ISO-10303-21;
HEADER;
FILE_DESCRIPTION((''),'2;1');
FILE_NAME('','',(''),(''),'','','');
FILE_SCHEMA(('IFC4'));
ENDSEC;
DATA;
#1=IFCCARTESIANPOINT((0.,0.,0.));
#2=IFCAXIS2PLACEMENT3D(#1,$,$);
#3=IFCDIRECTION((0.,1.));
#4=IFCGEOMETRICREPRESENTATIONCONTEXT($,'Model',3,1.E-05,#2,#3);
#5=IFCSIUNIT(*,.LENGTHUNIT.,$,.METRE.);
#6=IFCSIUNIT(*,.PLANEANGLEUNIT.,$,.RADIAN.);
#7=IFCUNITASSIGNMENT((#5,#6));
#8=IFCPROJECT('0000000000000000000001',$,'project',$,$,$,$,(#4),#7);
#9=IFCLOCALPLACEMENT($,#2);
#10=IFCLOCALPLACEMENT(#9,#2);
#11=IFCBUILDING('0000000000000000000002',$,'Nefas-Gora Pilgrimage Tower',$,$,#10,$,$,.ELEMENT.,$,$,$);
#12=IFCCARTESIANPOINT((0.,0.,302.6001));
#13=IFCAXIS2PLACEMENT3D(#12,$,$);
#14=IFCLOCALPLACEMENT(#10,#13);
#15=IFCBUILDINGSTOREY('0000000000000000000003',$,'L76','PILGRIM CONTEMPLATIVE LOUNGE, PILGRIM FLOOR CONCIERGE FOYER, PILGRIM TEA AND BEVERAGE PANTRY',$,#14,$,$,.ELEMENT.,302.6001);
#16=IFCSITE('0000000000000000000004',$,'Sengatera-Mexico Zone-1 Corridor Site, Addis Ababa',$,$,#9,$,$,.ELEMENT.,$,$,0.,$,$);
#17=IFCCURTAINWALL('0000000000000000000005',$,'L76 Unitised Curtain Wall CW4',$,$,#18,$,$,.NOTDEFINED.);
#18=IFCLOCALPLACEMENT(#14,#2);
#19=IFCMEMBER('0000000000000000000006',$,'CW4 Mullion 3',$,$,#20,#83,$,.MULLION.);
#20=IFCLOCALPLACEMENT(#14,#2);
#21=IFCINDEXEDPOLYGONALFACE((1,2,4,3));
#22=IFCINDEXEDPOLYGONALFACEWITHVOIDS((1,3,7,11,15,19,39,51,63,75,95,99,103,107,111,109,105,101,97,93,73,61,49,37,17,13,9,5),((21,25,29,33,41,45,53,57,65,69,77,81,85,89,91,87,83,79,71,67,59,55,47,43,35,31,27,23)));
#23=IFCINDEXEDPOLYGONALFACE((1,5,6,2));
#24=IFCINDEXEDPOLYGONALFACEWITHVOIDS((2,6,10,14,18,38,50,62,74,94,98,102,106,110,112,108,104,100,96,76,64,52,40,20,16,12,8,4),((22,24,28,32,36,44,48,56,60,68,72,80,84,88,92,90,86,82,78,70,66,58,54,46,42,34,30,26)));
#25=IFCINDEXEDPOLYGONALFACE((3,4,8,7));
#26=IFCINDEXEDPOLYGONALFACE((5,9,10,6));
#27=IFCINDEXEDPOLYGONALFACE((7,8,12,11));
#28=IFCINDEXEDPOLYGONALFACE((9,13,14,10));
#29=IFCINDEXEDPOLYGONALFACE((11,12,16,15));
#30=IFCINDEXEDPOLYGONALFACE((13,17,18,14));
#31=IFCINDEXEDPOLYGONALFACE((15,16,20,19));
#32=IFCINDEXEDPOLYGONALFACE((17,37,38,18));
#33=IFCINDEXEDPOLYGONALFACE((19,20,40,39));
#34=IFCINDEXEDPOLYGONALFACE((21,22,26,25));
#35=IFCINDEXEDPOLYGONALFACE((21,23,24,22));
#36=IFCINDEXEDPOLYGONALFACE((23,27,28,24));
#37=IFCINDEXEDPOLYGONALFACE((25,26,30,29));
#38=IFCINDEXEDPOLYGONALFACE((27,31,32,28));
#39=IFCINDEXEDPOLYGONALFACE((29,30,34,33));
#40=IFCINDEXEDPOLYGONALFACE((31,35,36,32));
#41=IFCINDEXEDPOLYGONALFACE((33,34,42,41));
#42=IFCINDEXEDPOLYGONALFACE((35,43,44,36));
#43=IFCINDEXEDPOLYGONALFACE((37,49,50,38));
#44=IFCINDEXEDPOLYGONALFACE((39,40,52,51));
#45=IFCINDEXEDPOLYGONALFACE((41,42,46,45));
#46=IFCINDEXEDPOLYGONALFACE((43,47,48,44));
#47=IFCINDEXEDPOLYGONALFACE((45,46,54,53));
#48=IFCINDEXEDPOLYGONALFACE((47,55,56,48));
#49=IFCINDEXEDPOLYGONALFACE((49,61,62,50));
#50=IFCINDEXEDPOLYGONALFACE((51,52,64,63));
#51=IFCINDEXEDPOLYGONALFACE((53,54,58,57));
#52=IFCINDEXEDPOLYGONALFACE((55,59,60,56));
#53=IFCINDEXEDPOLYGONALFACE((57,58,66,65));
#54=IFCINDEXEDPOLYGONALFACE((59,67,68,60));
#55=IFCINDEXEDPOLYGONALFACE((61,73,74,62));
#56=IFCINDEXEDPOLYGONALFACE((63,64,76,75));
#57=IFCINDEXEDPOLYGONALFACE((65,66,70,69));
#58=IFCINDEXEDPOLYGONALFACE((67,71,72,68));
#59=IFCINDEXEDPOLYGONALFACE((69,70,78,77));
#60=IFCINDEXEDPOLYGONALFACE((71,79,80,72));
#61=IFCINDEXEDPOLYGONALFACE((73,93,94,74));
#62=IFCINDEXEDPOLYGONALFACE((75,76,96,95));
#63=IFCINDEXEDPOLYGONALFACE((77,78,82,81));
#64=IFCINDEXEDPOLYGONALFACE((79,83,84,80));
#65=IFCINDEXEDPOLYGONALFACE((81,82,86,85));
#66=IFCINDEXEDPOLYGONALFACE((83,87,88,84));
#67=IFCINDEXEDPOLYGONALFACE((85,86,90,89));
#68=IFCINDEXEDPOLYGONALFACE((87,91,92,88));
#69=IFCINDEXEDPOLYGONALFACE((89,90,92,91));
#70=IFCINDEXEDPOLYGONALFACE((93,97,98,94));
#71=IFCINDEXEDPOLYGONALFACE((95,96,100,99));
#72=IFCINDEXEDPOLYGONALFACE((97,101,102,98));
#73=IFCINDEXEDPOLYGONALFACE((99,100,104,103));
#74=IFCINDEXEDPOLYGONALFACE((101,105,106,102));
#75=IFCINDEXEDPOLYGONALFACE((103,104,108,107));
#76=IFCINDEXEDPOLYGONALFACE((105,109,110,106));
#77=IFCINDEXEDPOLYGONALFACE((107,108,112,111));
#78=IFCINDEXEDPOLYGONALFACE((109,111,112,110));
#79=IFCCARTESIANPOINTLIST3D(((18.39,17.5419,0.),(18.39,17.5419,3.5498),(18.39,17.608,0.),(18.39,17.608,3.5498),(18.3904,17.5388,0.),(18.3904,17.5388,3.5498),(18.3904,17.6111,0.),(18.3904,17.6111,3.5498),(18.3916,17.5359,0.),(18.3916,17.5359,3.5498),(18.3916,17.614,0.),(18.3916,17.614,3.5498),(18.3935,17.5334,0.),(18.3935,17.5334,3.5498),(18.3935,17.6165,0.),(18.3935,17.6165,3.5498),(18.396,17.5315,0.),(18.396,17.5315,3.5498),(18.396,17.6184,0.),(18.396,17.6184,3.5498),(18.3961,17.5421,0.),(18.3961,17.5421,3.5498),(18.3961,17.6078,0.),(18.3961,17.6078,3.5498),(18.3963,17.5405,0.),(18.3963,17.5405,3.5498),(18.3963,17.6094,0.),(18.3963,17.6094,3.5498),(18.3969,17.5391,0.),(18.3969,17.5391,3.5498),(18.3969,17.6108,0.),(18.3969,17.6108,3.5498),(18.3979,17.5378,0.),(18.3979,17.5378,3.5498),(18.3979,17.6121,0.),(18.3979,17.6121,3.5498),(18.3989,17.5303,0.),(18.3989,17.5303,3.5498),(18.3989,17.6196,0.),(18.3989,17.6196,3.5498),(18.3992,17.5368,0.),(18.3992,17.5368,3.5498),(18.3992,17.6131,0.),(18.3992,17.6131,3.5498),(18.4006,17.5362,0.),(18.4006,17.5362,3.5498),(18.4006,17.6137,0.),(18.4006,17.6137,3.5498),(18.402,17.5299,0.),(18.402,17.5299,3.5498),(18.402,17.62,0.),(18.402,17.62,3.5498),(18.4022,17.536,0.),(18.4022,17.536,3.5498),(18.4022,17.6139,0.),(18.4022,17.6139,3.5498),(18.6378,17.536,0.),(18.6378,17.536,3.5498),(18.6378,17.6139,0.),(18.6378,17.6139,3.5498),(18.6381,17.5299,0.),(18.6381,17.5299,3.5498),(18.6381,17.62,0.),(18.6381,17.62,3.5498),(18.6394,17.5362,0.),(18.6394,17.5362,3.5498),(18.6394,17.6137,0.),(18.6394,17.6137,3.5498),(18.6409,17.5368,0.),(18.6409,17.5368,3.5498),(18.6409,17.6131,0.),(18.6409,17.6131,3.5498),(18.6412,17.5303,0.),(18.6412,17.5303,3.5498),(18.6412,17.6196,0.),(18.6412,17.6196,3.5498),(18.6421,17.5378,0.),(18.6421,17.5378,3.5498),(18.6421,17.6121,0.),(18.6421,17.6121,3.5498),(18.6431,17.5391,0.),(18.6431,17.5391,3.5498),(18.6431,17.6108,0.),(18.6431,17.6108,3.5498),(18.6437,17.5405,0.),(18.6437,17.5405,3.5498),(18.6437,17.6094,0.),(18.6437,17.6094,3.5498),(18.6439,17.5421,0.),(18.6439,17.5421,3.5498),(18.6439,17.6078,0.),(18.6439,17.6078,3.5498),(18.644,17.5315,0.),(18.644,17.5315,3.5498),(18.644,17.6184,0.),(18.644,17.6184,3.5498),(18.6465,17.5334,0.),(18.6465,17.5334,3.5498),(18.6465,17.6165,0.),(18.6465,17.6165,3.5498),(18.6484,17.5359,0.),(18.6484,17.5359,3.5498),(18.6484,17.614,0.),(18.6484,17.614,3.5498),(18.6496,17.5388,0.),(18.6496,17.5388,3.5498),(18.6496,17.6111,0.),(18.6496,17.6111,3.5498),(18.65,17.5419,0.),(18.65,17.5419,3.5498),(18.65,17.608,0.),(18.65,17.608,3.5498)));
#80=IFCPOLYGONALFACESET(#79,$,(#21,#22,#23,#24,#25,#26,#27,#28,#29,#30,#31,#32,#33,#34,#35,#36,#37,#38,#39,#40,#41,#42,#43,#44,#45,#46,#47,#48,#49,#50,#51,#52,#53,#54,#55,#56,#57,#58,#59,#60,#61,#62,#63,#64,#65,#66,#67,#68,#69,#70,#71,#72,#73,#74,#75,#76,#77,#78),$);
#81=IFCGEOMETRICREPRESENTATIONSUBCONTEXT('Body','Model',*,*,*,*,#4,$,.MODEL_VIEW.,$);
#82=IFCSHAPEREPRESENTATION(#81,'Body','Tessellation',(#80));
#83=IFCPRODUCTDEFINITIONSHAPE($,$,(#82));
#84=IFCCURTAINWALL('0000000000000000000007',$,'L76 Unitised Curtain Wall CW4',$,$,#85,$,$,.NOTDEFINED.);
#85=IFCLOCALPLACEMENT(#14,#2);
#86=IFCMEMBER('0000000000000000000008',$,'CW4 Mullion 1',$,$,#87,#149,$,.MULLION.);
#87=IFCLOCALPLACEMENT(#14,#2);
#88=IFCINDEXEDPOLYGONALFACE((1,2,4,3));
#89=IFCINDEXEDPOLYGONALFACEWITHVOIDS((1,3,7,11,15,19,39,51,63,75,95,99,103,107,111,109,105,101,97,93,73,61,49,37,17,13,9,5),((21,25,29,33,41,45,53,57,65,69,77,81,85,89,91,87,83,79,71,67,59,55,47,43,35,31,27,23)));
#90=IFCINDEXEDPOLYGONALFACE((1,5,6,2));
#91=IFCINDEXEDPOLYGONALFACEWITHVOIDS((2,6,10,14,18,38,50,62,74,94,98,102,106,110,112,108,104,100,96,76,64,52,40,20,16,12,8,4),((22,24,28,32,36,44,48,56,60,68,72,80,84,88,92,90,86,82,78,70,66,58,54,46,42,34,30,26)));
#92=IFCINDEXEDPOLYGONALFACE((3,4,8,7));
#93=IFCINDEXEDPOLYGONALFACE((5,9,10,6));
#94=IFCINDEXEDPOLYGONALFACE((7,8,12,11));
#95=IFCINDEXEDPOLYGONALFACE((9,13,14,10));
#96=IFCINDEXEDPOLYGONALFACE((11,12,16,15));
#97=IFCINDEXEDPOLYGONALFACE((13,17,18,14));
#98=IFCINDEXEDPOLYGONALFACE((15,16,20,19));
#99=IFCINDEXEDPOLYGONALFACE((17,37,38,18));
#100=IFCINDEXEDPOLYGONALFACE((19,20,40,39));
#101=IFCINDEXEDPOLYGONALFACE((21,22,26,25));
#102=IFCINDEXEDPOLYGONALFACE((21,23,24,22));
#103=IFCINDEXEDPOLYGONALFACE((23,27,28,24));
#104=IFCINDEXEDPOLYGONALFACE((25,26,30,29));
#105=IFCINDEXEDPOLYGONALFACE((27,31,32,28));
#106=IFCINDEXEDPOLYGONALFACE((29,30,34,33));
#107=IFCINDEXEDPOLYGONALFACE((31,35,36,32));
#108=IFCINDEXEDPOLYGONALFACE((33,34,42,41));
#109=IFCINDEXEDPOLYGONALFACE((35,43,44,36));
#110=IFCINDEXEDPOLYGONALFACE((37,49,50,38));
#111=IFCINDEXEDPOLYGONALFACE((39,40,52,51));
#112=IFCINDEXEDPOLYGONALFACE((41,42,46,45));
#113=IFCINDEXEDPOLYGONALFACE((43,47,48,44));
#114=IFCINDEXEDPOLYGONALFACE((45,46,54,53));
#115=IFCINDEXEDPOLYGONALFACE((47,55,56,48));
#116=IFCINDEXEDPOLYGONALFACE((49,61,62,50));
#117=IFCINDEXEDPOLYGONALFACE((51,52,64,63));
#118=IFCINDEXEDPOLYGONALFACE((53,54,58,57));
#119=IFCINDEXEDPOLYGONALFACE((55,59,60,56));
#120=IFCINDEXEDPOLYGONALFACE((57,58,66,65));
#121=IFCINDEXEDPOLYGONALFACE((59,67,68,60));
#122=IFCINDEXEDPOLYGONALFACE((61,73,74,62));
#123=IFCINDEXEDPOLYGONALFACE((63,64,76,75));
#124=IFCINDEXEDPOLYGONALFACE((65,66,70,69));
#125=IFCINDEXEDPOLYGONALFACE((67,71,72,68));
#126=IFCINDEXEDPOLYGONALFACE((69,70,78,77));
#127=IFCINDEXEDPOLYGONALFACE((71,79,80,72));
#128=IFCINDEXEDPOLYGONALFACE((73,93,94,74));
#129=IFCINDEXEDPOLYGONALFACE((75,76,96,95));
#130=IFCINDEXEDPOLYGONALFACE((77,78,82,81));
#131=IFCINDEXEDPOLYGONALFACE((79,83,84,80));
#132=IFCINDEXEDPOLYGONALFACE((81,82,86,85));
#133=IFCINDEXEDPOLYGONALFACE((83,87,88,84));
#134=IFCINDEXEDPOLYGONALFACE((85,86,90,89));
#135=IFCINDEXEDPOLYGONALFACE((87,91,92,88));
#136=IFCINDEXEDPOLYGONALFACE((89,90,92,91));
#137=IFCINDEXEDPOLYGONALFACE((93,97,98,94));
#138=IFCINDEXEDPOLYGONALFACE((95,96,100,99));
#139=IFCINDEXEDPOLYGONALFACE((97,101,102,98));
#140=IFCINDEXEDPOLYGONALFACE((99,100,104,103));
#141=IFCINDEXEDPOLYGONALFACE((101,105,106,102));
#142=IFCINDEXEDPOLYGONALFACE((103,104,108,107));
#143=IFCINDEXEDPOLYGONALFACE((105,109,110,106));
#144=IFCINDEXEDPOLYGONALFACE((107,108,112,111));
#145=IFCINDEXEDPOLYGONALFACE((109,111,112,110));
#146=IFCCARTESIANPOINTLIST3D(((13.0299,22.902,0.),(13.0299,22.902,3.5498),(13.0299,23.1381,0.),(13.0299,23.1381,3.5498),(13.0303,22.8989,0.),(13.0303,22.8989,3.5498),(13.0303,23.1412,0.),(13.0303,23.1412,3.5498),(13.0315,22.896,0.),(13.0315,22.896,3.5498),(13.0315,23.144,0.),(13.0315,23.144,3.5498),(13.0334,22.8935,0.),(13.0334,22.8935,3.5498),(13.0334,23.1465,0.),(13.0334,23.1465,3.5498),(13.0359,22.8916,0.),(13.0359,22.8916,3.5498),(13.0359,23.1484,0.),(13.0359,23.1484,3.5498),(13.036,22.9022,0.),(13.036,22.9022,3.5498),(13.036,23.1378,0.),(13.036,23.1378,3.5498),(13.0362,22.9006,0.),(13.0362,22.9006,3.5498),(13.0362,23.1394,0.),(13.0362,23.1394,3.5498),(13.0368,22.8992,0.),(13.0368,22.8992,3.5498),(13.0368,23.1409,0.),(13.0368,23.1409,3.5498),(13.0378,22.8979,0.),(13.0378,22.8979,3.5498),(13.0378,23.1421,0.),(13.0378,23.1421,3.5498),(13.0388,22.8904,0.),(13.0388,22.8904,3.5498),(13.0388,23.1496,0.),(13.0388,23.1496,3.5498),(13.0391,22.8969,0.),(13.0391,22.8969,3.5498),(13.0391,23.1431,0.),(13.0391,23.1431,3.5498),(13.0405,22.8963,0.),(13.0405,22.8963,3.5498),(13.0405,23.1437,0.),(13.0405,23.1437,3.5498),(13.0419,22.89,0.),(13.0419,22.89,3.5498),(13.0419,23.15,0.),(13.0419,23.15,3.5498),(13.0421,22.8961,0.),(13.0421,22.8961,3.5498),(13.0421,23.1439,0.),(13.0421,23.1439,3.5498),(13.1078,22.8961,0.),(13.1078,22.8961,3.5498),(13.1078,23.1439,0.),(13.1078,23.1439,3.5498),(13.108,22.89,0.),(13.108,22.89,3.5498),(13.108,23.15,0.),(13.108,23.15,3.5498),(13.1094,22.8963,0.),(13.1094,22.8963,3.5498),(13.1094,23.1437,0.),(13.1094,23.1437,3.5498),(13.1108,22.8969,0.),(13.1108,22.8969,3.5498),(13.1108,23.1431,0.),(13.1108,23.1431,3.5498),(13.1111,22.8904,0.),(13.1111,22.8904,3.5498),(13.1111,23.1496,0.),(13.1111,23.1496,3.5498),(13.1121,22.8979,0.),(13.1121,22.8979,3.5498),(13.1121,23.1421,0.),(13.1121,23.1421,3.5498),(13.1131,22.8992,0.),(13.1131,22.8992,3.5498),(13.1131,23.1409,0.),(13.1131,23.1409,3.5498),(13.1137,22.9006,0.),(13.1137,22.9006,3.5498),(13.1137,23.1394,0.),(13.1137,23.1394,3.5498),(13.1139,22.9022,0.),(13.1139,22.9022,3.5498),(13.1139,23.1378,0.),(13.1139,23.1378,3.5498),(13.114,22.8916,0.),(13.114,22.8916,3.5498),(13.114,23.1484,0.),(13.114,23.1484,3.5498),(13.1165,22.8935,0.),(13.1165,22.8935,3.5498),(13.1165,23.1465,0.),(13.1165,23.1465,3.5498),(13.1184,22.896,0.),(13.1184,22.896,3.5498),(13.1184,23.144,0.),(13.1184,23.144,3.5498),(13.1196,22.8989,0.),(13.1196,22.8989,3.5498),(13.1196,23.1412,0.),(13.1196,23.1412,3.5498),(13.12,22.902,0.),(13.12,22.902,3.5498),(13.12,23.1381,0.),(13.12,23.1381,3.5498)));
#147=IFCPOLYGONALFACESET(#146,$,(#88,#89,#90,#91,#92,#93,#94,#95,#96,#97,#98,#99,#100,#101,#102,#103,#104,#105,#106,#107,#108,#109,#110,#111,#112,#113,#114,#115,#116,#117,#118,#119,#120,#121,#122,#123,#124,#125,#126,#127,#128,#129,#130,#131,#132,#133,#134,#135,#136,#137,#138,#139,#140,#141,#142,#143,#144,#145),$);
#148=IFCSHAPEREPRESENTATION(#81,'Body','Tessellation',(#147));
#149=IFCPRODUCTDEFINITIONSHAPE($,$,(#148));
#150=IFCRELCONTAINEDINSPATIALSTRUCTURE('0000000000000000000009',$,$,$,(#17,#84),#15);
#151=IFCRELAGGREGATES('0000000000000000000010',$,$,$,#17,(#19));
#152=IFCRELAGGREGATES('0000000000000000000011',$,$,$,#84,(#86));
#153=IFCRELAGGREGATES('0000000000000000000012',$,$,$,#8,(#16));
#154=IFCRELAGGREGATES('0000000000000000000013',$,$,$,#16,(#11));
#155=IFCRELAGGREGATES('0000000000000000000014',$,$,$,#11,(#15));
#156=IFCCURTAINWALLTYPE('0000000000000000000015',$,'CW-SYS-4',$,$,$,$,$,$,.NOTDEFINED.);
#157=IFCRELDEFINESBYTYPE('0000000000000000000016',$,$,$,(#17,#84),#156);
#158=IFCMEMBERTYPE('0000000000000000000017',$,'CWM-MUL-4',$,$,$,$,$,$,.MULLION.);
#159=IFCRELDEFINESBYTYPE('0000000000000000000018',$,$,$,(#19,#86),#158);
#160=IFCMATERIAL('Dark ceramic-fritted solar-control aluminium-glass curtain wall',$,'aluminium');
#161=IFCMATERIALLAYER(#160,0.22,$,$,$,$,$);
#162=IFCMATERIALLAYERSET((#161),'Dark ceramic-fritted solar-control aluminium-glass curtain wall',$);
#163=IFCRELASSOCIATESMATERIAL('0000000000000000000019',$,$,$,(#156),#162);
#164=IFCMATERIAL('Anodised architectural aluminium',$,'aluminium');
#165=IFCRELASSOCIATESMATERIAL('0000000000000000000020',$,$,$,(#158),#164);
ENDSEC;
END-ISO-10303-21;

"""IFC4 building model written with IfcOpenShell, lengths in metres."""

from ifc_helpers import new_model, si_unit, direction, frame, origin, origin_2d, place, context, subcontext, project, spatial, hollow_rectangle, extrude, source, transform, mapped, material, layer, layer_set, material_profile, profile_set, type_object, element, aggregate, save


model = new_model("IFC4")

# Units and contexts
model_context = context("Model", 3, precision=1e-05, world=origin(), true_north=direction((0.0, 1.0)))
body_context = subcontext(model_context, "Body", "Model", "MODEL_VIEW")
ifc_project = project(units=[si_unit("LENGTHUNIT", "METRE"), si_unit("PLANEANGLEUNIT", "RADIAN")], contexts=[model_context])

# Site, building, storey
site_placement = place(None, origin())
site = spatial("IfcSite", under=ifc_project, at=site_placement, Name="Sengatera-Mexico Zone-1 Corridor Site, Addis Ababa", CompositionType="ELEMENT", RefElevation=0.0)
building_placement = place(site_placement, origin())
building = spatial("IfcBuilding", under=site, at=building_placement, Name="Nefas-Gora Pilgrimage Tower", CompositionType="ELEMENT")
storey_placement = place(building_placement, frame((0.0, 0.0, 302.6001)))
storey = spatial("IfcBuildingStorey", under=building, at=storey_placement, Name="L76", Description="PILGRIM CONTEMPLATIVE LOUNGE, PILGRIM FLOOR CONCIERGE FOYER, PILGRIM TEA AND BEVERAGE PANTRY", CompositionType="ELEMENT", Elevation=302.6001)

# Shared definitions
ifc_material_1 = material(Name="Dark ceramic-fritted solar-control aluminium-glass curtain wall", Category="aluminium")
ifc_material_2 = material(Name="Anodised architectural aluminium", Category="aluminium")

# Curtain wall, member
ifc_layer_1 = layer(ifc_material_1, 0.22)
ifc_layer_set_1 = layer_set([ifc_layer_1], Name="Dark ceramic-fritted solar-control aluminium-glass curtain wall")
curtain_wall_type_1 = type_object("IfcCurtainWallType", Name="CW-SYS-4", PredefinedType="NOTDEFINED", material=ifc_layer_set_1)
curtain_wall_1_placement = place(storey_placement, origin())
curtain_wall_1 = element("IfcCurtainWall", 1, at=curtain_wall_1_placement, inside=storey, type_object=curtain_wall_type_1, Name="L76 Unitised Curtain Wall CW4", PredefinedType="NOTDEFINED")
ifc_material_profile_1 = material_profile(ifc_material_2, hollow_rectangle(XDim=0.0901, YDim=0.26, WallThickness=0.0061, InnerFilletRadius=0.0061, OuterFilletRadius=0.012, at=origin_2d()), Name="ALU MULLION 90x260")
ifc_profile_set_1 = profile_set([ifc_material_profile_1], Name="Anodised architectural aluminium")
member_type_1 = type_object("IfcMemberType", Name="CWM-MUL-4", PredefinedType="MULLION", material=ifc_profile_set_1)
shared_shape_1 = source(origin(), body_context, "Body", "SweptSolid", [
    extrude(hollow_rectangle(XDim=0.0901, YDim=0.26, WallThickness=0.0061, InnerFilletRadius=0.0061, OuterFilletRadius=0.012, at=origin_2d()), origin(), (0.0, 0.0, 1.0), 3.5498),
])
member_1_placement = place(storey_placement, frame((18.52, 17.575, 0.0), z_axis=(0.0, 0.0, 1.0), x_axis=(0.0, 1.0, 0.0)))
member_1 = element("IfcMember", 2, at=member_1_placement, type_object=member_type_1, Name="CW4 Mullion 3", PredefinedType="MULLION", context=body_context, shape_type="MappedRepresentation", body=[
    mapped(shared_shape_1, transform((0.0, 0.0, 0.0), x_axis=(1.0, 0.0, 0.0), y_axis=(0.0, 1.0, 0.0), z_axis=(0.0, 0.0, 1.0), scale=1.0)),
])
aggregate(curtain_wall_1, [member_1])

# Curtain wall, member
curtain_wall_2_placement = place(storey_placement, origin())
curtain_wall_2 = element("IfcCurtainWall", 3, at=curtain_wall_2_placement, inside=storey, type_object=curtain_wall_type_1, Name="L76 Unitised Curtain Wall CW4", PredefinedType="NOTDEFINED")
member_2_placement = place(storey_placement, frame((13.075, 23.02, 0.0), z_axis=(0.0, 0.0, 1.0), x_axis=(-1.0, 0.0, 0.0)))
member_2 = element("IfcMember", 4, at=member_2_placement, type_object=member_type_1, Name="CW4 Mullion 1", PredefinedType="MULLION", context=body_context, shape_type="MappedRepresentation", body=[
    mapped(shared_shape_1, transform((0.0, 0.0, 0.0), x_axis=(1.0, 0.0, 0.0), y_axis=(0.0, 1.0, 0.0), z_axis=(0.0, 0.0, 1.0), scale=1.0)),
])

aggregate(curtain_wall_2, [member_2])

save(model, "model.ifc")
